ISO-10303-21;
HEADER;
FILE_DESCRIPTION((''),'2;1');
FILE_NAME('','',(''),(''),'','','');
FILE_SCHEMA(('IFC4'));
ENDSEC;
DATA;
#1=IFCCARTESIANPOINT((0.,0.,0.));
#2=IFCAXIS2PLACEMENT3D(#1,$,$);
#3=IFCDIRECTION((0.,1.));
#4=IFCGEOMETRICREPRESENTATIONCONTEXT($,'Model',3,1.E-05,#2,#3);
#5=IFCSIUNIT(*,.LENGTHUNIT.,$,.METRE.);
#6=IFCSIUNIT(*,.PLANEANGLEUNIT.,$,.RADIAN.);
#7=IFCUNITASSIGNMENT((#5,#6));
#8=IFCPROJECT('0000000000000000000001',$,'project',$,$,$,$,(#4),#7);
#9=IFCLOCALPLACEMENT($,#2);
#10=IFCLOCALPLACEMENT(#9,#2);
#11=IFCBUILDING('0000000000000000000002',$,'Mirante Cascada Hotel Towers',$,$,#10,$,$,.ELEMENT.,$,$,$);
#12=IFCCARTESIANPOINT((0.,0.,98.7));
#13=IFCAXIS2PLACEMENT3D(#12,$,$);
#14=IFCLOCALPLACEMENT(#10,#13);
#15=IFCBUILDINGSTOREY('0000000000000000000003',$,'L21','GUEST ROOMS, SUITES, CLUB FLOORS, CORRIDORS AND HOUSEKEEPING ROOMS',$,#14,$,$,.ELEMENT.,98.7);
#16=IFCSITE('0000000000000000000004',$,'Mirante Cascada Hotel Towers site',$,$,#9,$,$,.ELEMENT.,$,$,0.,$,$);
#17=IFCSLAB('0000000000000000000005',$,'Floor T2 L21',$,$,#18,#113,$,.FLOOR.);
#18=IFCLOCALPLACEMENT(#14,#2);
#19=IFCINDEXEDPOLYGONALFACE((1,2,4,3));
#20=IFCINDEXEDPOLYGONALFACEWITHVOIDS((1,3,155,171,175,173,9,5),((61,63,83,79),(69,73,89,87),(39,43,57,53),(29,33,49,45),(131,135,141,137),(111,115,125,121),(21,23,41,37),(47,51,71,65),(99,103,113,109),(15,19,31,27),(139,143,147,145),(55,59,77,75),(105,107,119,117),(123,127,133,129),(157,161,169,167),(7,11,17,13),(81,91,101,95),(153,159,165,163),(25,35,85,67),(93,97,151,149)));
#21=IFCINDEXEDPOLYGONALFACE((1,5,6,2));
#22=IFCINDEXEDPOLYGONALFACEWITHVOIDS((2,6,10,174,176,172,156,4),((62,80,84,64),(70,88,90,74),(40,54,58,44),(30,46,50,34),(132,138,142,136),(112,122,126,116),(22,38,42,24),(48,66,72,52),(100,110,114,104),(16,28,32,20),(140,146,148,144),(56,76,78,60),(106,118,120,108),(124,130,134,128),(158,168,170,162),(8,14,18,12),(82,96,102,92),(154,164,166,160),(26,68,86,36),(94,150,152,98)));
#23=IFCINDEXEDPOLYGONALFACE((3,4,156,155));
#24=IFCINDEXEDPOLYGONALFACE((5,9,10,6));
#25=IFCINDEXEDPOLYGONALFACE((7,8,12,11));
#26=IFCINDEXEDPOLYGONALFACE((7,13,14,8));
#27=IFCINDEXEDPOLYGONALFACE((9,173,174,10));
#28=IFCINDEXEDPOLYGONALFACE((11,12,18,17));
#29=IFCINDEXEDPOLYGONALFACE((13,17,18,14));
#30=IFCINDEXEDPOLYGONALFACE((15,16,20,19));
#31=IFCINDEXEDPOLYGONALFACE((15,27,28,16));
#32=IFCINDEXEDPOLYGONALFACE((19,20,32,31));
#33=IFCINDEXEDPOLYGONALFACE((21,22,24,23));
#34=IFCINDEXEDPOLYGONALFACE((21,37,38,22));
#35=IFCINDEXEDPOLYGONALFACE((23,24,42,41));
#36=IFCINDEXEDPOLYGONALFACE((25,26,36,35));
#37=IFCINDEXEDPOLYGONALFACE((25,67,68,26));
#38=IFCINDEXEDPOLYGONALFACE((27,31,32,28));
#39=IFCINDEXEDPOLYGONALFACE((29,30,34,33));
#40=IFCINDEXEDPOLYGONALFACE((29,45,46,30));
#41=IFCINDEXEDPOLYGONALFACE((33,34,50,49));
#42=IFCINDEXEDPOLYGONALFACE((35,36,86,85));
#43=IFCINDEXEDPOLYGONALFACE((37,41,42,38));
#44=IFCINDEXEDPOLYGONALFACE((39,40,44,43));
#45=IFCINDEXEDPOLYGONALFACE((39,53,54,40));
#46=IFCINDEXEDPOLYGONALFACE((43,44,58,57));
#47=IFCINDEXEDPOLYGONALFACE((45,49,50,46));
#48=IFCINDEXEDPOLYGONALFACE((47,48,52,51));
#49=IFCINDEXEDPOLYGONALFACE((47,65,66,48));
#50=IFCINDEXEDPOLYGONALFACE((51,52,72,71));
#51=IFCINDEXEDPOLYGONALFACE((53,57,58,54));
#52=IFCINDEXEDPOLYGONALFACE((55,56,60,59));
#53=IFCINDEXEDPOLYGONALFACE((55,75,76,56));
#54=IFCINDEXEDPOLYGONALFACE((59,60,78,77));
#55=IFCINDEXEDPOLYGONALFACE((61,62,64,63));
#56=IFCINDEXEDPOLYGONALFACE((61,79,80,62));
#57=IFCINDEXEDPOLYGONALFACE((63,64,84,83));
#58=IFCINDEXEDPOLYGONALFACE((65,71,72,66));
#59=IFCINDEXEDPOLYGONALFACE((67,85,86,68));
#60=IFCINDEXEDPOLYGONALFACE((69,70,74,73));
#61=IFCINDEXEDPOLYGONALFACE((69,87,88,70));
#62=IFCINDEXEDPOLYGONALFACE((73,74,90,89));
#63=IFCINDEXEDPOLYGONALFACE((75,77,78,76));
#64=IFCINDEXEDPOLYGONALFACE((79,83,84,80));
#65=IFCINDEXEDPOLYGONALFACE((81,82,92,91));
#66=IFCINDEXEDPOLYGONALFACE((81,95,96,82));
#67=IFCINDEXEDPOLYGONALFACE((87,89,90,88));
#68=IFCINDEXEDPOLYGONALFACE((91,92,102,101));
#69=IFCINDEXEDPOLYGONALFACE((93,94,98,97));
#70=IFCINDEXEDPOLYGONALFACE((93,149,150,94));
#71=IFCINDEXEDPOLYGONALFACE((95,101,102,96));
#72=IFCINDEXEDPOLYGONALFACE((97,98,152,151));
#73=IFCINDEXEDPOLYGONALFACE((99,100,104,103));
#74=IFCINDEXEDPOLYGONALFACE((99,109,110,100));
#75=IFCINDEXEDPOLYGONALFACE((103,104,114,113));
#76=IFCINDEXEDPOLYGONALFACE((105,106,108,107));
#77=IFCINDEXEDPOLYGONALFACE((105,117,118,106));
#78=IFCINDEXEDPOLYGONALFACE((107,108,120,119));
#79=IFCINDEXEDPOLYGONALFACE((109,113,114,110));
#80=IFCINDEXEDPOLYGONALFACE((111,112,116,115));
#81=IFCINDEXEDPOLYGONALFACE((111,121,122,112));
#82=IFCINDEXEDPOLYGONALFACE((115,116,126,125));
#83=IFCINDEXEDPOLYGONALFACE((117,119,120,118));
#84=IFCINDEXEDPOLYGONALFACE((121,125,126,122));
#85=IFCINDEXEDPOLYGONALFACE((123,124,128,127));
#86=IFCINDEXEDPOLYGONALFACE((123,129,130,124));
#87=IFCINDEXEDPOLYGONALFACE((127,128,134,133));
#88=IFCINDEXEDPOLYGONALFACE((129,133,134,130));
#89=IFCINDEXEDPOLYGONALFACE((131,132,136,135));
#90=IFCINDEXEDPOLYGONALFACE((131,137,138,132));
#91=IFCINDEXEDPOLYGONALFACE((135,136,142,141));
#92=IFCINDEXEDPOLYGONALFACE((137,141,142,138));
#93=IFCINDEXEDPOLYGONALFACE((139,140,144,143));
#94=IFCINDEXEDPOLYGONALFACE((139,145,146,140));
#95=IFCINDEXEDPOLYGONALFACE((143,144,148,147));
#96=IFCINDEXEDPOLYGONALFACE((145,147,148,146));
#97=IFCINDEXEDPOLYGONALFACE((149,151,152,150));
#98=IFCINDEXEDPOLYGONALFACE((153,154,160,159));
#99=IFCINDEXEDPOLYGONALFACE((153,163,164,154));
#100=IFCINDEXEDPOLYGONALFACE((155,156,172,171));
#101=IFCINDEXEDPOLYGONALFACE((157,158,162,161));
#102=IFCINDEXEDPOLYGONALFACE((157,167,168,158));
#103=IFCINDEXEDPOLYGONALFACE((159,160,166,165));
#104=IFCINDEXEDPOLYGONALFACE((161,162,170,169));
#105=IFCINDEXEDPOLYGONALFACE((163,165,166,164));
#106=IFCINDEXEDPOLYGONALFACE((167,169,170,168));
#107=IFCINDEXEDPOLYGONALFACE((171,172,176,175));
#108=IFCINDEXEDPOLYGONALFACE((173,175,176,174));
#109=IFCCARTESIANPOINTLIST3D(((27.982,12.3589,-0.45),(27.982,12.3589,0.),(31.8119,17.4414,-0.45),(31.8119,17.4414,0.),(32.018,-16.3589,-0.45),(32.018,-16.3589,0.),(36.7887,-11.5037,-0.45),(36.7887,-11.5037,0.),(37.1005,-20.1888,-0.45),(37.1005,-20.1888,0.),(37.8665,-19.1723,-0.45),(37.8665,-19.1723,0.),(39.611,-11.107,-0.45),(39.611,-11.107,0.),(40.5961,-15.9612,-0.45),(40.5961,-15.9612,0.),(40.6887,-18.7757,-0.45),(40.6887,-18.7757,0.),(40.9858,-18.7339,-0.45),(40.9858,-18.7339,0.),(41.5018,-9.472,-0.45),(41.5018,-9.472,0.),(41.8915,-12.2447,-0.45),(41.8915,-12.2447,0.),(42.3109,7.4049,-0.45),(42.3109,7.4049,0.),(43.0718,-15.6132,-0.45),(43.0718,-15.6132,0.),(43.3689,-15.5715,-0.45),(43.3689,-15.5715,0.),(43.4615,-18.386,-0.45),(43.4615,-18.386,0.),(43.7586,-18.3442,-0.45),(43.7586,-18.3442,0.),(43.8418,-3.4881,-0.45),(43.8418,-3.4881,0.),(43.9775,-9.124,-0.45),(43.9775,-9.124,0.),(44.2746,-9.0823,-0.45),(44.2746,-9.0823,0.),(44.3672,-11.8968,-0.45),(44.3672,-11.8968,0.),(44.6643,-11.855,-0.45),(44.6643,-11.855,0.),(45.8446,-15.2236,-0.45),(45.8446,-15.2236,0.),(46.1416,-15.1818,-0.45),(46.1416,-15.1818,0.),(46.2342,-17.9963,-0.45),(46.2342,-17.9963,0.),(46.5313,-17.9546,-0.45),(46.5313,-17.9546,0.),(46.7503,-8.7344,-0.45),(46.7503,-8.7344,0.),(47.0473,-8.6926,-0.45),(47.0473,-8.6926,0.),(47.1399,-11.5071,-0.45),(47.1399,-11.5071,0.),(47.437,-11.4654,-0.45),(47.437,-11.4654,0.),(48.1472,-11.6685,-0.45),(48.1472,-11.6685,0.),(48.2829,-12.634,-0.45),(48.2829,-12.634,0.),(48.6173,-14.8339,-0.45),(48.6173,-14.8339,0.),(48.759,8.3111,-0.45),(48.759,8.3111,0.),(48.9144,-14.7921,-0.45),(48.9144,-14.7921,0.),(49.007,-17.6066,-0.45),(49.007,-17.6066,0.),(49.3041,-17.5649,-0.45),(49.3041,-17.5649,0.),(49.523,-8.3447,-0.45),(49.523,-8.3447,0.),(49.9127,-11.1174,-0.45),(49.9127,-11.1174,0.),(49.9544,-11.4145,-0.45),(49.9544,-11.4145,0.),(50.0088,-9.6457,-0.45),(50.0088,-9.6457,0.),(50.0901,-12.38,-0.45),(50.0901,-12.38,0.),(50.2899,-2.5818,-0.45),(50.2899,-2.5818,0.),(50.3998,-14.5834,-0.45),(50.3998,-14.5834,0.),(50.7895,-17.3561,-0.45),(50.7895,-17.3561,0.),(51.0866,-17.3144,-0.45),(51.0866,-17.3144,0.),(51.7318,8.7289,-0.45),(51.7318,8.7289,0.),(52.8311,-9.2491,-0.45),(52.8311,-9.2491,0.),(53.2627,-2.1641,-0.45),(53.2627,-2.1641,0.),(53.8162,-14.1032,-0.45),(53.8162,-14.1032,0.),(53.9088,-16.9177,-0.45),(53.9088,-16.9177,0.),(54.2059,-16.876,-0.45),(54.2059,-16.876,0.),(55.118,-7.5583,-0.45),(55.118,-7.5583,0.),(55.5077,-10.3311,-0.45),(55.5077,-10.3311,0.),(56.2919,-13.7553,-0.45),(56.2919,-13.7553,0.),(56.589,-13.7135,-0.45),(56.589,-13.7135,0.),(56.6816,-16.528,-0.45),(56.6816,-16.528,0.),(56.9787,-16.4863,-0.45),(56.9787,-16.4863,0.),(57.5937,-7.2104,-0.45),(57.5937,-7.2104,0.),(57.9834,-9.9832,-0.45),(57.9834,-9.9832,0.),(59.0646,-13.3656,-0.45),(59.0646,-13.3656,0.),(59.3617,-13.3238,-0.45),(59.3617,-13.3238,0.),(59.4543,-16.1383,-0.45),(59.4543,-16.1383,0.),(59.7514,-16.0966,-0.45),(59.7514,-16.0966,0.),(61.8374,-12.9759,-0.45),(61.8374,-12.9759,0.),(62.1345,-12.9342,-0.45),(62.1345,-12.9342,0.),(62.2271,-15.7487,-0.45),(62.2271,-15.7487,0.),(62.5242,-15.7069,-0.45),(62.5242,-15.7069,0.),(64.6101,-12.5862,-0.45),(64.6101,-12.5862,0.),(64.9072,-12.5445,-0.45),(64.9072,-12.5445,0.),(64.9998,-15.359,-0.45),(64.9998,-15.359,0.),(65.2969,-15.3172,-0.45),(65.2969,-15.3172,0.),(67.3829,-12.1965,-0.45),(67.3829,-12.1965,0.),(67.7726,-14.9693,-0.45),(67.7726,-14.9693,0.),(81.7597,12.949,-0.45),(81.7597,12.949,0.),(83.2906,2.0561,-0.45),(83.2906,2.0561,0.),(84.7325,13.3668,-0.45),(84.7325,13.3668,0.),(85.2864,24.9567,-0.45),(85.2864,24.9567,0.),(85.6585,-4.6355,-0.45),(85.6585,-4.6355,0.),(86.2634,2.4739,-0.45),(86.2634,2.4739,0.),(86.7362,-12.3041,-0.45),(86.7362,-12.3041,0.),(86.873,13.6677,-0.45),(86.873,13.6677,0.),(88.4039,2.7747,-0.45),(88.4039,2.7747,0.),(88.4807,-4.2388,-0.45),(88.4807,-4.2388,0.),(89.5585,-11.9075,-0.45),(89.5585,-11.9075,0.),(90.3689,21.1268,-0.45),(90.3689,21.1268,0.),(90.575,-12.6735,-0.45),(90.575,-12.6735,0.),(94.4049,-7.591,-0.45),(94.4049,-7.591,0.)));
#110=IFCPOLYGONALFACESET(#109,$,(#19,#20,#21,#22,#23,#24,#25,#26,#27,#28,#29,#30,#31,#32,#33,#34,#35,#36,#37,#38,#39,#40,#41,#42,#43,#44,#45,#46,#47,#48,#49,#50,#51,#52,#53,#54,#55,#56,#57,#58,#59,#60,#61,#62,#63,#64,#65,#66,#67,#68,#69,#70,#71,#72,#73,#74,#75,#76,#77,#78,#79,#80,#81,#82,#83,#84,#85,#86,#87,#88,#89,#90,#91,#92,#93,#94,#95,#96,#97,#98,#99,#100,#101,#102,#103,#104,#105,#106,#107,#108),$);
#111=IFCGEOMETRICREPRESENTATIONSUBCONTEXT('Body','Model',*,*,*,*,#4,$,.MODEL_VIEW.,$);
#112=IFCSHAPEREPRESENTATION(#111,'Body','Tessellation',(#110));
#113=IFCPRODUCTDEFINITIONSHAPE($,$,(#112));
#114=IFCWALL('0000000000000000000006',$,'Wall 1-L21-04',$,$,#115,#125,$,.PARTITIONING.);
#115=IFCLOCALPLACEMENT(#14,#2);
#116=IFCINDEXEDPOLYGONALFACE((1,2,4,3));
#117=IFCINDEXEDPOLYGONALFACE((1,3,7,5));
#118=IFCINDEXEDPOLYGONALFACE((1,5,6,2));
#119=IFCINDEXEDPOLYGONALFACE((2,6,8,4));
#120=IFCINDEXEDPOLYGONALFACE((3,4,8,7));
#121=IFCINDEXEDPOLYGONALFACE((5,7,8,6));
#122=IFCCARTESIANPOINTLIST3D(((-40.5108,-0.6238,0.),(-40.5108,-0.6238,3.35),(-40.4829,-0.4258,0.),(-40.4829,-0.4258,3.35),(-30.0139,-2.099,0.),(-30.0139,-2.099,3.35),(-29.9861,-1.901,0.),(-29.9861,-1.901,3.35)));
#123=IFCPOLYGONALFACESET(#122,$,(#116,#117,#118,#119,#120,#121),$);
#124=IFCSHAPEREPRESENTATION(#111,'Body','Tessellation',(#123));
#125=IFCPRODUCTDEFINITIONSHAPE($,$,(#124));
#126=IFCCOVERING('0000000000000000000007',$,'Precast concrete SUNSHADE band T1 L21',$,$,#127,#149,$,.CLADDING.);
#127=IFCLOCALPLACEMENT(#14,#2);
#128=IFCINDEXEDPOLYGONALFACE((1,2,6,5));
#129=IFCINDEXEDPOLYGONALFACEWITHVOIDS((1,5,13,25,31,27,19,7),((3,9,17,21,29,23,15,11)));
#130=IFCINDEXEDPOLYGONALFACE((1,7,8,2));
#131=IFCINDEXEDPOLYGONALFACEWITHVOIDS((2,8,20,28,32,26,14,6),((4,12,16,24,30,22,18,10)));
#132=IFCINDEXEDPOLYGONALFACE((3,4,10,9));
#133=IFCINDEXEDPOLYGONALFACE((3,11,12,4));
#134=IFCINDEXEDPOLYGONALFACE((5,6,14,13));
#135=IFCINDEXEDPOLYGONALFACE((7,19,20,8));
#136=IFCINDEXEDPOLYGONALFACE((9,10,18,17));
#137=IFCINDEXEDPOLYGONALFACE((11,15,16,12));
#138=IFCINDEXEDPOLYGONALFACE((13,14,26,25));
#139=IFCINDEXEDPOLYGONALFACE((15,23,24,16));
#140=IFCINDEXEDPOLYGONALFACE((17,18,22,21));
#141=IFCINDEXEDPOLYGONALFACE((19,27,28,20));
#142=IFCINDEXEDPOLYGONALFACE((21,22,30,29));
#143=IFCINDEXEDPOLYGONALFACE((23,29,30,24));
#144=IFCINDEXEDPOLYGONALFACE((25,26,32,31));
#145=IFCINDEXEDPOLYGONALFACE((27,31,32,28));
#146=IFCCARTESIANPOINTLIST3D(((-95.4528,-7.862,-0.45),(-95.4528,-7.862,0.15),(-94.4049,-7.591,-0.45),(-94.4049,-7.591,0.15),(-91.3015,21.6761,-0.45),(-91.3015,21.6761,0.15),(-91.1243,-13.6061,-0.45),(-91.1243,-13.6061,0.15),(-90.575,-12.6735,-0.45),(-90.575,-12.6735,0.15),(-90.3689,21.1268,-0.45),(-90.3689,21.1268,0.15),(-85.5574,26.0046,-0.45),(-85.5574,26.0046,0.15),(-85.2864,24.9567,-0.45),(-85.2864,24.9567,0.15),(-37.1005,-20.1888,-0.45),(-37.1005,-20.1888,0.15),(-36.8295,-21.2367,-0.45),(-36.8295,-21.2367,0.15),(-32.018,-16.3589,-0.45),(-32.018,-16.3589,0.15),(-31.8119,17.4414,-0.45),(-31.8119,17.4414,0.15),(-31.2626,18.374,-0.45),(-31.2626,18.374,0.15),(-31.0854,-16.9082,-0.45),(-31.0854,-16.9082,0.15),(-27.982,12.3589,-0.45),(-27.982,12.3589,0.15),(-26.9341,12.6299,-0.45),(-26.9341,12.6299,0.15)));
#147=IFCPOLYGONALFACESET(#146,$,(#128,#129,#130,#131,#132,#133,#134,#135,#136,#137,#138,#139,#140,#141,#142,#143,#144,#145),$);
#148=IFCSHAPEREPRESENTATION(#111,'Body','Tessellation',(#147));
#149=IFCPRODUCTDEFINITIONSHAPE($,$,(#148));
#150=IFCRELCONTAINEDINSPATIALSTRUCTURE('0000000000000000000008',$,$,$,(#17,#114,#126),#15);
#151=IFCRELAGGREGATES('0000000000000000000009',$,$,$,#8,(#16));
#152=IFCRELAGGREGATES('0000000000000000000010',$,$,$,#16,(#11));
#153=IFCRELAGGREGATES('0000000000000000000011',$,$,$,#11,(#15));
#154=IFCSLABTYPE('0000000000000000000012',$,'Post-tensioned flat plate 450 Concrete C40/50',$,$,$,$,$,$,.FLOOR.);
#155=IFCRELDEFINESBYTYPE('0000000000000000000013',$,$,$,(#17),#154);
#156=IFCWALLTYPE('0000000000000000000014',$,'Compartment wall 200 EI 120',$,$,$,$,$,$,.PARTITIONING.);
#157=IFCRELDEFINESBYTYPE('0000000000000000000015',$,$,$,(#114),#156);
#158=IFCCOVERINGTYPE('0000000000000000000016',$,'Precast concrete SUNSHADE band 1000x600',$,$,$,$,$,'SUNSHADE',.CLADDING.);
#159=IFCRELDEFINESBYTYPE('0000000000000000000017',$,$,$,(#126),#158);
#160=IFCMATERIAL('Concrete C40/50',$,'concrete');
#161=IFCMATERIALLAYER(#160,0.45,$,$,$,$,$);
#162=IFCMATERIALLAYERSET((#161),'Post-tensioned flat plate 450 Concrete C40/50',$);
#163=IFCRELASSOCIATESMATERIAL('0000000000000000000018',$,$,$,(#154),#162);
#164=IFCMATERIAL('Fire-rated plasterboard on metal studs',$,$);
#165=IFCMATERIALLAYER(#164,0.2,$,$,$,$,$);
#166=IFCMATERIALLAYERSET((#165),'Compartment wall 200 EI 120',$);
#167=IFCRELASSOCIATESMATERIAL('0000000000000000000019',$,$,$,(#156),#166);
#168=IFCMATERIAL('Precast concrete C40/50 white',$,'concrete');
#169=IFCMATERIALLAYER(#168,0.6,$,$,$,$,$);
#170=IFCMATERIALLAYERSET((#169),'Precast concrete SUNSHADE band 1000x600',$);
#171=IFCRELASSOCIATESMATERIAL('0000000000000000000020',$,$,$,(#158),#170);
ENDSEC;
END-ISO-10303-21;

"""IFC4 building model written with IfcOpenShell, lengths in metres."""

from ifc_helpers import new_model, si_unit, direction, frame, frame_2d, origin, place, context, subcontext, project, spatial, polyline, rectangle, outline, extrude, material, layer, layer_set, type_object, element, save


model = new_model("IFC4")

# Units and contexts
model_context = context("Model", 3, precision=1e-05, world=origin(), true_north=direction((0.0, 1.0)))
body_context = subcontext(model_context, "Body", "Model", "MODEL_VIEW")
ifc_project = project(units=[si_unit("LENGTHUNIT", "METRE"), si_unit("PLANEANGLEUNIT", "RADIAN")], contexts=[model_context])

# Site, building, storey
site_placement = place(None, origin())
site = spatial("IfcSite", under=ifc_project, at=site_placement, Name="Mirante Cascada Hotel Towers site", CompositionType="ELEMENT", RefElevation=0.0)
building_placement = place(site_placement, origin())
building = spatial("IfcBuilding", under=site, at=building_placement, Name="Mirante Cascada Hotel Towers", CompositionType="ELEMENT")
storey_placement = place(building_placement, frame((0.0, 0.0, 98.7)))
storey = spatial("IfcBuildingStorey", under=building, at=storey_placement, Name="L21", Description="GUEST ROOMS, SUITES, CLUB FLOORS, CORRIDORS AND HOUSEKEEPING ROOMS", CompositionType="ELEMENT", Elevation=98.7)

# Slab
ifc_material_1 = material(Name="Concrete C40/50", Category="concrete")
ifc_layer_1 = layer(ifc_material_1, 0.45)
ifc_layer_set_1 = layer_set([ifc_layer_1], Name="Post-tensioned flat plate 450 Concrete C40/50")
slab_type = type_object("IfcSlabType", Name="Post-tensioned flat plate 450 Concrete C40/50", PredefinedType="FLOOR", material=ifc_layer_set_1)
slab_1_placement = place(storey_placement, frame((0.0, 0.0, -0.45)))
element("IfcSlab", 1, at=slab_1_placement, inside=storey, type_object=slab_type, Name="Floor T2 L21", PredefinedType="FLOOR", context=body_context, shape_type="SweptSolid", body=[
    extrude(outline(polyline([(32.018, -16.3589), (27.982, 12.3589), (31.8119, 17.4414), (85.2864, 24.9567), (90.3689, 21.1268), (94.4049, -7.591), (90.575, -12.6735), (37.1005, -20.1888), (32.018, -16.3589)]), holes=[polyline([(43.0718, -15.6132), (40.5961, -15.9612), (40.9858, -18.7339), (43.4615, -18.386), (43.0718, -15.6132)]), polyline([(45.8446, -15.2236), (43.3689, -15.5715), (43.7586, -18.3442), (46.2342, -17.9963), (45.8446, -15.2236)]), polyline([(48.6173, -14.8339), (46.1416, -15.1818), (46.5313, -17.9546), (49.007, -17.6066), (48.6173, -14.8339)]), polyline([(50.3998, -14.5834), (48.9144, -14.7921), (49.3041, -17.5649), (50.7895, -17.3561), (50.3998, -14.5834)]), polyline([(37.8665, -19.1723), (40.6887, -18.7757), (39.611, -11.107), (36.7887, -11.5037), (37.8665, -19.1723)]), polyline([(49.9544, -11.4145), (48.1472, -11.6685), (48.2829, -12.634), (50.0901, -12.38), (49.9544, -11.4145)]), polyline([(43.9775, -9.124), (41.5018, -9.472), (41.8915, -12.2447), (44.3672, -11.8968), (43.9775, -9.124)]), polyline([(47.1399, -11.5071), (46.7503, -8.7344), (44.2746, -9.0823), (44.6643, -11.855), (47.1399, -11.5071)]), polyline([(49.9127, -11.1174), (49.523, -8.3447), (47.0473, -8.6926), (47.437, -11.4654), (49.9127, -11.1174)]), polyline([(56.2919, -13.7553), (53.8162, -14.1032), (54.2059, -16.876), (56.6816, -16.528), (56.2919, -13.7553)]), polyline([(59.0646, -13.3656), (56.589, -13.7135), (56.9787, -16.4863), (59.4543, -16.1383), (59.0646, -13.3656)]), polyline([(61.8374, -12.9759), (59.3617, -13.3238), (59.7514, -16.0966), (62.2271, -15.7487), (61.8374, -12.9759)]), polyline([(64.6101, -12.5862), (62.1345, -12.9342), (62.5242, -15.7069), (64.9998, -15.359), (64.6101, -12.5862)]), polyline([(67.3829, -12.1965), (64.9072, -12.5445), (65.2969, -15.3172), (67.7726, -14.9693), (67.3829, -12.1965)]), polyline([(51.0866, -17.3144), (53.9088, -16.9177), (52.8311, -9.2491), (50.0088, -9.6457), (51.0866, -17.3144)]), polyline([(86.7362, -12.3041), (89.5585, -11.9075), (88.4807, -4.2388), (85.6585, -4.6355), (86.7362, -12.3041)]), polyline([(57.9834, -9.9832), (57.5937, -7.2104), (55.118, -7.5583), (55.5077, -10.3311), (57.9834, -9.9832)]), polyline([(86.873, 13.6677), (88.4039, 2.7747), (86.2634, 2.4739), (86.2634, 2.4739), (84.7325, 13.3668), (84.7325, 13.3668), (86.873, 13.6677)]), polyline([(81.7597, 12.949), (81.7597, 12.949), (83.2906, 2.0561), (83.2906, 2.0561), (53.2627, -2.1641), (53.2627, -2.1641), (51.7318, 8.7289), (81.7597, 12.949)]), polyline([(43.8418, -3.4881), (42.3109, 7.4049), (48.759, 8.3111), (50.2899, -2.5818), (50.2899, -2.5818), (43.8418, -3.4881)])]), origin(), (0.0, 0.0, 1.0), 0.45),
])

# Wall
ifc_material_2 = material(Name="Fire-rated plasterboard on metal studs")
ifc_layer_2 = layer(ifc_material_2, 0.2)
ifc_layer_set_2 = layer_set([ifc_layer_2], Name="Compartment wall 200 EI 120")
wall_type = type_object("IfcWallType", Name="Compartment wall 200 EI 120", PredefinedType="PARTITIONING", material=ifc_layer_set_2)
wall_placement = place(storey_placement, frame((-30.0, -2.0, 0.0), z_axis=(0.0, 0.0, 1.0), x_axis=(-0.990268, 0.13917, 0.0)))
element("IfcWall", 2, at=wall_placement, inside=storey, type_object=wall_type, Name="Wall 1-L21-04", PredefinedType="PARTITIONING", context=body_context, shape_type="SweptSolid", body=[
    extrude(rectangle(XDim=10.6, YDim=0.2, at=frame_2d((5.3, 0.0))), origin(), (0.0, 0.0, 1.0), 3.35),
])

# Covering
ifc_material_3 = material(Name="Precast concrete C40/50 white", Category="concrete")
ifc_layer_3 = layer(ifc_material_3, 0.6)
ifc_layer_set_3 = layer_set([ifc_layer_3], Name="Precast concrete SUNSHADE band 1000x600")
covering_type = type_object("IfcCoveringType", Name="Precast concrete SUNSHADE band 1000x600", ElementType="SUNSHADE", PredefinedType="CLADDING", material=ifc_layer_set_3)
covering_placement = place(storey_placement, frame((0.0, 0.0, -0.45)))
element("IfcCovering", 3, at=covering_placement, inside=storey, type_object=covering_type, Name="Precast concrete SUNSHADE band T1 L21", PredefinedType="CLADDING", context=body_context, shape_type="SweptSolid", body=[
    extrude(outline(polyline([(-95.4528, -7.862), (-91.3015, 21.6761), (-85.5574, 26.0046), (-31.2626, 18.374), (-26.9341, 12.6299), (-31.0854, -16.9082), (-36.8295, -21.2367), (-91.1243, -13.6061), (-95.4528, -7.862)]), holes=[polyline([(-27.982, 12.3589), (-31.8119, 17.4414), (-85.2864, 24.9567), (-90.3689, 21.1268), (-94.4049, -7.591), (-90.575, -12.6735), (-37.1005, -20.1888), (-32.018, -16.3589), (-27.982, 12.3589)])]), origin(), (0.0, 0.0, 1.0), 0.6),
])

save(model, "model.ifc")
